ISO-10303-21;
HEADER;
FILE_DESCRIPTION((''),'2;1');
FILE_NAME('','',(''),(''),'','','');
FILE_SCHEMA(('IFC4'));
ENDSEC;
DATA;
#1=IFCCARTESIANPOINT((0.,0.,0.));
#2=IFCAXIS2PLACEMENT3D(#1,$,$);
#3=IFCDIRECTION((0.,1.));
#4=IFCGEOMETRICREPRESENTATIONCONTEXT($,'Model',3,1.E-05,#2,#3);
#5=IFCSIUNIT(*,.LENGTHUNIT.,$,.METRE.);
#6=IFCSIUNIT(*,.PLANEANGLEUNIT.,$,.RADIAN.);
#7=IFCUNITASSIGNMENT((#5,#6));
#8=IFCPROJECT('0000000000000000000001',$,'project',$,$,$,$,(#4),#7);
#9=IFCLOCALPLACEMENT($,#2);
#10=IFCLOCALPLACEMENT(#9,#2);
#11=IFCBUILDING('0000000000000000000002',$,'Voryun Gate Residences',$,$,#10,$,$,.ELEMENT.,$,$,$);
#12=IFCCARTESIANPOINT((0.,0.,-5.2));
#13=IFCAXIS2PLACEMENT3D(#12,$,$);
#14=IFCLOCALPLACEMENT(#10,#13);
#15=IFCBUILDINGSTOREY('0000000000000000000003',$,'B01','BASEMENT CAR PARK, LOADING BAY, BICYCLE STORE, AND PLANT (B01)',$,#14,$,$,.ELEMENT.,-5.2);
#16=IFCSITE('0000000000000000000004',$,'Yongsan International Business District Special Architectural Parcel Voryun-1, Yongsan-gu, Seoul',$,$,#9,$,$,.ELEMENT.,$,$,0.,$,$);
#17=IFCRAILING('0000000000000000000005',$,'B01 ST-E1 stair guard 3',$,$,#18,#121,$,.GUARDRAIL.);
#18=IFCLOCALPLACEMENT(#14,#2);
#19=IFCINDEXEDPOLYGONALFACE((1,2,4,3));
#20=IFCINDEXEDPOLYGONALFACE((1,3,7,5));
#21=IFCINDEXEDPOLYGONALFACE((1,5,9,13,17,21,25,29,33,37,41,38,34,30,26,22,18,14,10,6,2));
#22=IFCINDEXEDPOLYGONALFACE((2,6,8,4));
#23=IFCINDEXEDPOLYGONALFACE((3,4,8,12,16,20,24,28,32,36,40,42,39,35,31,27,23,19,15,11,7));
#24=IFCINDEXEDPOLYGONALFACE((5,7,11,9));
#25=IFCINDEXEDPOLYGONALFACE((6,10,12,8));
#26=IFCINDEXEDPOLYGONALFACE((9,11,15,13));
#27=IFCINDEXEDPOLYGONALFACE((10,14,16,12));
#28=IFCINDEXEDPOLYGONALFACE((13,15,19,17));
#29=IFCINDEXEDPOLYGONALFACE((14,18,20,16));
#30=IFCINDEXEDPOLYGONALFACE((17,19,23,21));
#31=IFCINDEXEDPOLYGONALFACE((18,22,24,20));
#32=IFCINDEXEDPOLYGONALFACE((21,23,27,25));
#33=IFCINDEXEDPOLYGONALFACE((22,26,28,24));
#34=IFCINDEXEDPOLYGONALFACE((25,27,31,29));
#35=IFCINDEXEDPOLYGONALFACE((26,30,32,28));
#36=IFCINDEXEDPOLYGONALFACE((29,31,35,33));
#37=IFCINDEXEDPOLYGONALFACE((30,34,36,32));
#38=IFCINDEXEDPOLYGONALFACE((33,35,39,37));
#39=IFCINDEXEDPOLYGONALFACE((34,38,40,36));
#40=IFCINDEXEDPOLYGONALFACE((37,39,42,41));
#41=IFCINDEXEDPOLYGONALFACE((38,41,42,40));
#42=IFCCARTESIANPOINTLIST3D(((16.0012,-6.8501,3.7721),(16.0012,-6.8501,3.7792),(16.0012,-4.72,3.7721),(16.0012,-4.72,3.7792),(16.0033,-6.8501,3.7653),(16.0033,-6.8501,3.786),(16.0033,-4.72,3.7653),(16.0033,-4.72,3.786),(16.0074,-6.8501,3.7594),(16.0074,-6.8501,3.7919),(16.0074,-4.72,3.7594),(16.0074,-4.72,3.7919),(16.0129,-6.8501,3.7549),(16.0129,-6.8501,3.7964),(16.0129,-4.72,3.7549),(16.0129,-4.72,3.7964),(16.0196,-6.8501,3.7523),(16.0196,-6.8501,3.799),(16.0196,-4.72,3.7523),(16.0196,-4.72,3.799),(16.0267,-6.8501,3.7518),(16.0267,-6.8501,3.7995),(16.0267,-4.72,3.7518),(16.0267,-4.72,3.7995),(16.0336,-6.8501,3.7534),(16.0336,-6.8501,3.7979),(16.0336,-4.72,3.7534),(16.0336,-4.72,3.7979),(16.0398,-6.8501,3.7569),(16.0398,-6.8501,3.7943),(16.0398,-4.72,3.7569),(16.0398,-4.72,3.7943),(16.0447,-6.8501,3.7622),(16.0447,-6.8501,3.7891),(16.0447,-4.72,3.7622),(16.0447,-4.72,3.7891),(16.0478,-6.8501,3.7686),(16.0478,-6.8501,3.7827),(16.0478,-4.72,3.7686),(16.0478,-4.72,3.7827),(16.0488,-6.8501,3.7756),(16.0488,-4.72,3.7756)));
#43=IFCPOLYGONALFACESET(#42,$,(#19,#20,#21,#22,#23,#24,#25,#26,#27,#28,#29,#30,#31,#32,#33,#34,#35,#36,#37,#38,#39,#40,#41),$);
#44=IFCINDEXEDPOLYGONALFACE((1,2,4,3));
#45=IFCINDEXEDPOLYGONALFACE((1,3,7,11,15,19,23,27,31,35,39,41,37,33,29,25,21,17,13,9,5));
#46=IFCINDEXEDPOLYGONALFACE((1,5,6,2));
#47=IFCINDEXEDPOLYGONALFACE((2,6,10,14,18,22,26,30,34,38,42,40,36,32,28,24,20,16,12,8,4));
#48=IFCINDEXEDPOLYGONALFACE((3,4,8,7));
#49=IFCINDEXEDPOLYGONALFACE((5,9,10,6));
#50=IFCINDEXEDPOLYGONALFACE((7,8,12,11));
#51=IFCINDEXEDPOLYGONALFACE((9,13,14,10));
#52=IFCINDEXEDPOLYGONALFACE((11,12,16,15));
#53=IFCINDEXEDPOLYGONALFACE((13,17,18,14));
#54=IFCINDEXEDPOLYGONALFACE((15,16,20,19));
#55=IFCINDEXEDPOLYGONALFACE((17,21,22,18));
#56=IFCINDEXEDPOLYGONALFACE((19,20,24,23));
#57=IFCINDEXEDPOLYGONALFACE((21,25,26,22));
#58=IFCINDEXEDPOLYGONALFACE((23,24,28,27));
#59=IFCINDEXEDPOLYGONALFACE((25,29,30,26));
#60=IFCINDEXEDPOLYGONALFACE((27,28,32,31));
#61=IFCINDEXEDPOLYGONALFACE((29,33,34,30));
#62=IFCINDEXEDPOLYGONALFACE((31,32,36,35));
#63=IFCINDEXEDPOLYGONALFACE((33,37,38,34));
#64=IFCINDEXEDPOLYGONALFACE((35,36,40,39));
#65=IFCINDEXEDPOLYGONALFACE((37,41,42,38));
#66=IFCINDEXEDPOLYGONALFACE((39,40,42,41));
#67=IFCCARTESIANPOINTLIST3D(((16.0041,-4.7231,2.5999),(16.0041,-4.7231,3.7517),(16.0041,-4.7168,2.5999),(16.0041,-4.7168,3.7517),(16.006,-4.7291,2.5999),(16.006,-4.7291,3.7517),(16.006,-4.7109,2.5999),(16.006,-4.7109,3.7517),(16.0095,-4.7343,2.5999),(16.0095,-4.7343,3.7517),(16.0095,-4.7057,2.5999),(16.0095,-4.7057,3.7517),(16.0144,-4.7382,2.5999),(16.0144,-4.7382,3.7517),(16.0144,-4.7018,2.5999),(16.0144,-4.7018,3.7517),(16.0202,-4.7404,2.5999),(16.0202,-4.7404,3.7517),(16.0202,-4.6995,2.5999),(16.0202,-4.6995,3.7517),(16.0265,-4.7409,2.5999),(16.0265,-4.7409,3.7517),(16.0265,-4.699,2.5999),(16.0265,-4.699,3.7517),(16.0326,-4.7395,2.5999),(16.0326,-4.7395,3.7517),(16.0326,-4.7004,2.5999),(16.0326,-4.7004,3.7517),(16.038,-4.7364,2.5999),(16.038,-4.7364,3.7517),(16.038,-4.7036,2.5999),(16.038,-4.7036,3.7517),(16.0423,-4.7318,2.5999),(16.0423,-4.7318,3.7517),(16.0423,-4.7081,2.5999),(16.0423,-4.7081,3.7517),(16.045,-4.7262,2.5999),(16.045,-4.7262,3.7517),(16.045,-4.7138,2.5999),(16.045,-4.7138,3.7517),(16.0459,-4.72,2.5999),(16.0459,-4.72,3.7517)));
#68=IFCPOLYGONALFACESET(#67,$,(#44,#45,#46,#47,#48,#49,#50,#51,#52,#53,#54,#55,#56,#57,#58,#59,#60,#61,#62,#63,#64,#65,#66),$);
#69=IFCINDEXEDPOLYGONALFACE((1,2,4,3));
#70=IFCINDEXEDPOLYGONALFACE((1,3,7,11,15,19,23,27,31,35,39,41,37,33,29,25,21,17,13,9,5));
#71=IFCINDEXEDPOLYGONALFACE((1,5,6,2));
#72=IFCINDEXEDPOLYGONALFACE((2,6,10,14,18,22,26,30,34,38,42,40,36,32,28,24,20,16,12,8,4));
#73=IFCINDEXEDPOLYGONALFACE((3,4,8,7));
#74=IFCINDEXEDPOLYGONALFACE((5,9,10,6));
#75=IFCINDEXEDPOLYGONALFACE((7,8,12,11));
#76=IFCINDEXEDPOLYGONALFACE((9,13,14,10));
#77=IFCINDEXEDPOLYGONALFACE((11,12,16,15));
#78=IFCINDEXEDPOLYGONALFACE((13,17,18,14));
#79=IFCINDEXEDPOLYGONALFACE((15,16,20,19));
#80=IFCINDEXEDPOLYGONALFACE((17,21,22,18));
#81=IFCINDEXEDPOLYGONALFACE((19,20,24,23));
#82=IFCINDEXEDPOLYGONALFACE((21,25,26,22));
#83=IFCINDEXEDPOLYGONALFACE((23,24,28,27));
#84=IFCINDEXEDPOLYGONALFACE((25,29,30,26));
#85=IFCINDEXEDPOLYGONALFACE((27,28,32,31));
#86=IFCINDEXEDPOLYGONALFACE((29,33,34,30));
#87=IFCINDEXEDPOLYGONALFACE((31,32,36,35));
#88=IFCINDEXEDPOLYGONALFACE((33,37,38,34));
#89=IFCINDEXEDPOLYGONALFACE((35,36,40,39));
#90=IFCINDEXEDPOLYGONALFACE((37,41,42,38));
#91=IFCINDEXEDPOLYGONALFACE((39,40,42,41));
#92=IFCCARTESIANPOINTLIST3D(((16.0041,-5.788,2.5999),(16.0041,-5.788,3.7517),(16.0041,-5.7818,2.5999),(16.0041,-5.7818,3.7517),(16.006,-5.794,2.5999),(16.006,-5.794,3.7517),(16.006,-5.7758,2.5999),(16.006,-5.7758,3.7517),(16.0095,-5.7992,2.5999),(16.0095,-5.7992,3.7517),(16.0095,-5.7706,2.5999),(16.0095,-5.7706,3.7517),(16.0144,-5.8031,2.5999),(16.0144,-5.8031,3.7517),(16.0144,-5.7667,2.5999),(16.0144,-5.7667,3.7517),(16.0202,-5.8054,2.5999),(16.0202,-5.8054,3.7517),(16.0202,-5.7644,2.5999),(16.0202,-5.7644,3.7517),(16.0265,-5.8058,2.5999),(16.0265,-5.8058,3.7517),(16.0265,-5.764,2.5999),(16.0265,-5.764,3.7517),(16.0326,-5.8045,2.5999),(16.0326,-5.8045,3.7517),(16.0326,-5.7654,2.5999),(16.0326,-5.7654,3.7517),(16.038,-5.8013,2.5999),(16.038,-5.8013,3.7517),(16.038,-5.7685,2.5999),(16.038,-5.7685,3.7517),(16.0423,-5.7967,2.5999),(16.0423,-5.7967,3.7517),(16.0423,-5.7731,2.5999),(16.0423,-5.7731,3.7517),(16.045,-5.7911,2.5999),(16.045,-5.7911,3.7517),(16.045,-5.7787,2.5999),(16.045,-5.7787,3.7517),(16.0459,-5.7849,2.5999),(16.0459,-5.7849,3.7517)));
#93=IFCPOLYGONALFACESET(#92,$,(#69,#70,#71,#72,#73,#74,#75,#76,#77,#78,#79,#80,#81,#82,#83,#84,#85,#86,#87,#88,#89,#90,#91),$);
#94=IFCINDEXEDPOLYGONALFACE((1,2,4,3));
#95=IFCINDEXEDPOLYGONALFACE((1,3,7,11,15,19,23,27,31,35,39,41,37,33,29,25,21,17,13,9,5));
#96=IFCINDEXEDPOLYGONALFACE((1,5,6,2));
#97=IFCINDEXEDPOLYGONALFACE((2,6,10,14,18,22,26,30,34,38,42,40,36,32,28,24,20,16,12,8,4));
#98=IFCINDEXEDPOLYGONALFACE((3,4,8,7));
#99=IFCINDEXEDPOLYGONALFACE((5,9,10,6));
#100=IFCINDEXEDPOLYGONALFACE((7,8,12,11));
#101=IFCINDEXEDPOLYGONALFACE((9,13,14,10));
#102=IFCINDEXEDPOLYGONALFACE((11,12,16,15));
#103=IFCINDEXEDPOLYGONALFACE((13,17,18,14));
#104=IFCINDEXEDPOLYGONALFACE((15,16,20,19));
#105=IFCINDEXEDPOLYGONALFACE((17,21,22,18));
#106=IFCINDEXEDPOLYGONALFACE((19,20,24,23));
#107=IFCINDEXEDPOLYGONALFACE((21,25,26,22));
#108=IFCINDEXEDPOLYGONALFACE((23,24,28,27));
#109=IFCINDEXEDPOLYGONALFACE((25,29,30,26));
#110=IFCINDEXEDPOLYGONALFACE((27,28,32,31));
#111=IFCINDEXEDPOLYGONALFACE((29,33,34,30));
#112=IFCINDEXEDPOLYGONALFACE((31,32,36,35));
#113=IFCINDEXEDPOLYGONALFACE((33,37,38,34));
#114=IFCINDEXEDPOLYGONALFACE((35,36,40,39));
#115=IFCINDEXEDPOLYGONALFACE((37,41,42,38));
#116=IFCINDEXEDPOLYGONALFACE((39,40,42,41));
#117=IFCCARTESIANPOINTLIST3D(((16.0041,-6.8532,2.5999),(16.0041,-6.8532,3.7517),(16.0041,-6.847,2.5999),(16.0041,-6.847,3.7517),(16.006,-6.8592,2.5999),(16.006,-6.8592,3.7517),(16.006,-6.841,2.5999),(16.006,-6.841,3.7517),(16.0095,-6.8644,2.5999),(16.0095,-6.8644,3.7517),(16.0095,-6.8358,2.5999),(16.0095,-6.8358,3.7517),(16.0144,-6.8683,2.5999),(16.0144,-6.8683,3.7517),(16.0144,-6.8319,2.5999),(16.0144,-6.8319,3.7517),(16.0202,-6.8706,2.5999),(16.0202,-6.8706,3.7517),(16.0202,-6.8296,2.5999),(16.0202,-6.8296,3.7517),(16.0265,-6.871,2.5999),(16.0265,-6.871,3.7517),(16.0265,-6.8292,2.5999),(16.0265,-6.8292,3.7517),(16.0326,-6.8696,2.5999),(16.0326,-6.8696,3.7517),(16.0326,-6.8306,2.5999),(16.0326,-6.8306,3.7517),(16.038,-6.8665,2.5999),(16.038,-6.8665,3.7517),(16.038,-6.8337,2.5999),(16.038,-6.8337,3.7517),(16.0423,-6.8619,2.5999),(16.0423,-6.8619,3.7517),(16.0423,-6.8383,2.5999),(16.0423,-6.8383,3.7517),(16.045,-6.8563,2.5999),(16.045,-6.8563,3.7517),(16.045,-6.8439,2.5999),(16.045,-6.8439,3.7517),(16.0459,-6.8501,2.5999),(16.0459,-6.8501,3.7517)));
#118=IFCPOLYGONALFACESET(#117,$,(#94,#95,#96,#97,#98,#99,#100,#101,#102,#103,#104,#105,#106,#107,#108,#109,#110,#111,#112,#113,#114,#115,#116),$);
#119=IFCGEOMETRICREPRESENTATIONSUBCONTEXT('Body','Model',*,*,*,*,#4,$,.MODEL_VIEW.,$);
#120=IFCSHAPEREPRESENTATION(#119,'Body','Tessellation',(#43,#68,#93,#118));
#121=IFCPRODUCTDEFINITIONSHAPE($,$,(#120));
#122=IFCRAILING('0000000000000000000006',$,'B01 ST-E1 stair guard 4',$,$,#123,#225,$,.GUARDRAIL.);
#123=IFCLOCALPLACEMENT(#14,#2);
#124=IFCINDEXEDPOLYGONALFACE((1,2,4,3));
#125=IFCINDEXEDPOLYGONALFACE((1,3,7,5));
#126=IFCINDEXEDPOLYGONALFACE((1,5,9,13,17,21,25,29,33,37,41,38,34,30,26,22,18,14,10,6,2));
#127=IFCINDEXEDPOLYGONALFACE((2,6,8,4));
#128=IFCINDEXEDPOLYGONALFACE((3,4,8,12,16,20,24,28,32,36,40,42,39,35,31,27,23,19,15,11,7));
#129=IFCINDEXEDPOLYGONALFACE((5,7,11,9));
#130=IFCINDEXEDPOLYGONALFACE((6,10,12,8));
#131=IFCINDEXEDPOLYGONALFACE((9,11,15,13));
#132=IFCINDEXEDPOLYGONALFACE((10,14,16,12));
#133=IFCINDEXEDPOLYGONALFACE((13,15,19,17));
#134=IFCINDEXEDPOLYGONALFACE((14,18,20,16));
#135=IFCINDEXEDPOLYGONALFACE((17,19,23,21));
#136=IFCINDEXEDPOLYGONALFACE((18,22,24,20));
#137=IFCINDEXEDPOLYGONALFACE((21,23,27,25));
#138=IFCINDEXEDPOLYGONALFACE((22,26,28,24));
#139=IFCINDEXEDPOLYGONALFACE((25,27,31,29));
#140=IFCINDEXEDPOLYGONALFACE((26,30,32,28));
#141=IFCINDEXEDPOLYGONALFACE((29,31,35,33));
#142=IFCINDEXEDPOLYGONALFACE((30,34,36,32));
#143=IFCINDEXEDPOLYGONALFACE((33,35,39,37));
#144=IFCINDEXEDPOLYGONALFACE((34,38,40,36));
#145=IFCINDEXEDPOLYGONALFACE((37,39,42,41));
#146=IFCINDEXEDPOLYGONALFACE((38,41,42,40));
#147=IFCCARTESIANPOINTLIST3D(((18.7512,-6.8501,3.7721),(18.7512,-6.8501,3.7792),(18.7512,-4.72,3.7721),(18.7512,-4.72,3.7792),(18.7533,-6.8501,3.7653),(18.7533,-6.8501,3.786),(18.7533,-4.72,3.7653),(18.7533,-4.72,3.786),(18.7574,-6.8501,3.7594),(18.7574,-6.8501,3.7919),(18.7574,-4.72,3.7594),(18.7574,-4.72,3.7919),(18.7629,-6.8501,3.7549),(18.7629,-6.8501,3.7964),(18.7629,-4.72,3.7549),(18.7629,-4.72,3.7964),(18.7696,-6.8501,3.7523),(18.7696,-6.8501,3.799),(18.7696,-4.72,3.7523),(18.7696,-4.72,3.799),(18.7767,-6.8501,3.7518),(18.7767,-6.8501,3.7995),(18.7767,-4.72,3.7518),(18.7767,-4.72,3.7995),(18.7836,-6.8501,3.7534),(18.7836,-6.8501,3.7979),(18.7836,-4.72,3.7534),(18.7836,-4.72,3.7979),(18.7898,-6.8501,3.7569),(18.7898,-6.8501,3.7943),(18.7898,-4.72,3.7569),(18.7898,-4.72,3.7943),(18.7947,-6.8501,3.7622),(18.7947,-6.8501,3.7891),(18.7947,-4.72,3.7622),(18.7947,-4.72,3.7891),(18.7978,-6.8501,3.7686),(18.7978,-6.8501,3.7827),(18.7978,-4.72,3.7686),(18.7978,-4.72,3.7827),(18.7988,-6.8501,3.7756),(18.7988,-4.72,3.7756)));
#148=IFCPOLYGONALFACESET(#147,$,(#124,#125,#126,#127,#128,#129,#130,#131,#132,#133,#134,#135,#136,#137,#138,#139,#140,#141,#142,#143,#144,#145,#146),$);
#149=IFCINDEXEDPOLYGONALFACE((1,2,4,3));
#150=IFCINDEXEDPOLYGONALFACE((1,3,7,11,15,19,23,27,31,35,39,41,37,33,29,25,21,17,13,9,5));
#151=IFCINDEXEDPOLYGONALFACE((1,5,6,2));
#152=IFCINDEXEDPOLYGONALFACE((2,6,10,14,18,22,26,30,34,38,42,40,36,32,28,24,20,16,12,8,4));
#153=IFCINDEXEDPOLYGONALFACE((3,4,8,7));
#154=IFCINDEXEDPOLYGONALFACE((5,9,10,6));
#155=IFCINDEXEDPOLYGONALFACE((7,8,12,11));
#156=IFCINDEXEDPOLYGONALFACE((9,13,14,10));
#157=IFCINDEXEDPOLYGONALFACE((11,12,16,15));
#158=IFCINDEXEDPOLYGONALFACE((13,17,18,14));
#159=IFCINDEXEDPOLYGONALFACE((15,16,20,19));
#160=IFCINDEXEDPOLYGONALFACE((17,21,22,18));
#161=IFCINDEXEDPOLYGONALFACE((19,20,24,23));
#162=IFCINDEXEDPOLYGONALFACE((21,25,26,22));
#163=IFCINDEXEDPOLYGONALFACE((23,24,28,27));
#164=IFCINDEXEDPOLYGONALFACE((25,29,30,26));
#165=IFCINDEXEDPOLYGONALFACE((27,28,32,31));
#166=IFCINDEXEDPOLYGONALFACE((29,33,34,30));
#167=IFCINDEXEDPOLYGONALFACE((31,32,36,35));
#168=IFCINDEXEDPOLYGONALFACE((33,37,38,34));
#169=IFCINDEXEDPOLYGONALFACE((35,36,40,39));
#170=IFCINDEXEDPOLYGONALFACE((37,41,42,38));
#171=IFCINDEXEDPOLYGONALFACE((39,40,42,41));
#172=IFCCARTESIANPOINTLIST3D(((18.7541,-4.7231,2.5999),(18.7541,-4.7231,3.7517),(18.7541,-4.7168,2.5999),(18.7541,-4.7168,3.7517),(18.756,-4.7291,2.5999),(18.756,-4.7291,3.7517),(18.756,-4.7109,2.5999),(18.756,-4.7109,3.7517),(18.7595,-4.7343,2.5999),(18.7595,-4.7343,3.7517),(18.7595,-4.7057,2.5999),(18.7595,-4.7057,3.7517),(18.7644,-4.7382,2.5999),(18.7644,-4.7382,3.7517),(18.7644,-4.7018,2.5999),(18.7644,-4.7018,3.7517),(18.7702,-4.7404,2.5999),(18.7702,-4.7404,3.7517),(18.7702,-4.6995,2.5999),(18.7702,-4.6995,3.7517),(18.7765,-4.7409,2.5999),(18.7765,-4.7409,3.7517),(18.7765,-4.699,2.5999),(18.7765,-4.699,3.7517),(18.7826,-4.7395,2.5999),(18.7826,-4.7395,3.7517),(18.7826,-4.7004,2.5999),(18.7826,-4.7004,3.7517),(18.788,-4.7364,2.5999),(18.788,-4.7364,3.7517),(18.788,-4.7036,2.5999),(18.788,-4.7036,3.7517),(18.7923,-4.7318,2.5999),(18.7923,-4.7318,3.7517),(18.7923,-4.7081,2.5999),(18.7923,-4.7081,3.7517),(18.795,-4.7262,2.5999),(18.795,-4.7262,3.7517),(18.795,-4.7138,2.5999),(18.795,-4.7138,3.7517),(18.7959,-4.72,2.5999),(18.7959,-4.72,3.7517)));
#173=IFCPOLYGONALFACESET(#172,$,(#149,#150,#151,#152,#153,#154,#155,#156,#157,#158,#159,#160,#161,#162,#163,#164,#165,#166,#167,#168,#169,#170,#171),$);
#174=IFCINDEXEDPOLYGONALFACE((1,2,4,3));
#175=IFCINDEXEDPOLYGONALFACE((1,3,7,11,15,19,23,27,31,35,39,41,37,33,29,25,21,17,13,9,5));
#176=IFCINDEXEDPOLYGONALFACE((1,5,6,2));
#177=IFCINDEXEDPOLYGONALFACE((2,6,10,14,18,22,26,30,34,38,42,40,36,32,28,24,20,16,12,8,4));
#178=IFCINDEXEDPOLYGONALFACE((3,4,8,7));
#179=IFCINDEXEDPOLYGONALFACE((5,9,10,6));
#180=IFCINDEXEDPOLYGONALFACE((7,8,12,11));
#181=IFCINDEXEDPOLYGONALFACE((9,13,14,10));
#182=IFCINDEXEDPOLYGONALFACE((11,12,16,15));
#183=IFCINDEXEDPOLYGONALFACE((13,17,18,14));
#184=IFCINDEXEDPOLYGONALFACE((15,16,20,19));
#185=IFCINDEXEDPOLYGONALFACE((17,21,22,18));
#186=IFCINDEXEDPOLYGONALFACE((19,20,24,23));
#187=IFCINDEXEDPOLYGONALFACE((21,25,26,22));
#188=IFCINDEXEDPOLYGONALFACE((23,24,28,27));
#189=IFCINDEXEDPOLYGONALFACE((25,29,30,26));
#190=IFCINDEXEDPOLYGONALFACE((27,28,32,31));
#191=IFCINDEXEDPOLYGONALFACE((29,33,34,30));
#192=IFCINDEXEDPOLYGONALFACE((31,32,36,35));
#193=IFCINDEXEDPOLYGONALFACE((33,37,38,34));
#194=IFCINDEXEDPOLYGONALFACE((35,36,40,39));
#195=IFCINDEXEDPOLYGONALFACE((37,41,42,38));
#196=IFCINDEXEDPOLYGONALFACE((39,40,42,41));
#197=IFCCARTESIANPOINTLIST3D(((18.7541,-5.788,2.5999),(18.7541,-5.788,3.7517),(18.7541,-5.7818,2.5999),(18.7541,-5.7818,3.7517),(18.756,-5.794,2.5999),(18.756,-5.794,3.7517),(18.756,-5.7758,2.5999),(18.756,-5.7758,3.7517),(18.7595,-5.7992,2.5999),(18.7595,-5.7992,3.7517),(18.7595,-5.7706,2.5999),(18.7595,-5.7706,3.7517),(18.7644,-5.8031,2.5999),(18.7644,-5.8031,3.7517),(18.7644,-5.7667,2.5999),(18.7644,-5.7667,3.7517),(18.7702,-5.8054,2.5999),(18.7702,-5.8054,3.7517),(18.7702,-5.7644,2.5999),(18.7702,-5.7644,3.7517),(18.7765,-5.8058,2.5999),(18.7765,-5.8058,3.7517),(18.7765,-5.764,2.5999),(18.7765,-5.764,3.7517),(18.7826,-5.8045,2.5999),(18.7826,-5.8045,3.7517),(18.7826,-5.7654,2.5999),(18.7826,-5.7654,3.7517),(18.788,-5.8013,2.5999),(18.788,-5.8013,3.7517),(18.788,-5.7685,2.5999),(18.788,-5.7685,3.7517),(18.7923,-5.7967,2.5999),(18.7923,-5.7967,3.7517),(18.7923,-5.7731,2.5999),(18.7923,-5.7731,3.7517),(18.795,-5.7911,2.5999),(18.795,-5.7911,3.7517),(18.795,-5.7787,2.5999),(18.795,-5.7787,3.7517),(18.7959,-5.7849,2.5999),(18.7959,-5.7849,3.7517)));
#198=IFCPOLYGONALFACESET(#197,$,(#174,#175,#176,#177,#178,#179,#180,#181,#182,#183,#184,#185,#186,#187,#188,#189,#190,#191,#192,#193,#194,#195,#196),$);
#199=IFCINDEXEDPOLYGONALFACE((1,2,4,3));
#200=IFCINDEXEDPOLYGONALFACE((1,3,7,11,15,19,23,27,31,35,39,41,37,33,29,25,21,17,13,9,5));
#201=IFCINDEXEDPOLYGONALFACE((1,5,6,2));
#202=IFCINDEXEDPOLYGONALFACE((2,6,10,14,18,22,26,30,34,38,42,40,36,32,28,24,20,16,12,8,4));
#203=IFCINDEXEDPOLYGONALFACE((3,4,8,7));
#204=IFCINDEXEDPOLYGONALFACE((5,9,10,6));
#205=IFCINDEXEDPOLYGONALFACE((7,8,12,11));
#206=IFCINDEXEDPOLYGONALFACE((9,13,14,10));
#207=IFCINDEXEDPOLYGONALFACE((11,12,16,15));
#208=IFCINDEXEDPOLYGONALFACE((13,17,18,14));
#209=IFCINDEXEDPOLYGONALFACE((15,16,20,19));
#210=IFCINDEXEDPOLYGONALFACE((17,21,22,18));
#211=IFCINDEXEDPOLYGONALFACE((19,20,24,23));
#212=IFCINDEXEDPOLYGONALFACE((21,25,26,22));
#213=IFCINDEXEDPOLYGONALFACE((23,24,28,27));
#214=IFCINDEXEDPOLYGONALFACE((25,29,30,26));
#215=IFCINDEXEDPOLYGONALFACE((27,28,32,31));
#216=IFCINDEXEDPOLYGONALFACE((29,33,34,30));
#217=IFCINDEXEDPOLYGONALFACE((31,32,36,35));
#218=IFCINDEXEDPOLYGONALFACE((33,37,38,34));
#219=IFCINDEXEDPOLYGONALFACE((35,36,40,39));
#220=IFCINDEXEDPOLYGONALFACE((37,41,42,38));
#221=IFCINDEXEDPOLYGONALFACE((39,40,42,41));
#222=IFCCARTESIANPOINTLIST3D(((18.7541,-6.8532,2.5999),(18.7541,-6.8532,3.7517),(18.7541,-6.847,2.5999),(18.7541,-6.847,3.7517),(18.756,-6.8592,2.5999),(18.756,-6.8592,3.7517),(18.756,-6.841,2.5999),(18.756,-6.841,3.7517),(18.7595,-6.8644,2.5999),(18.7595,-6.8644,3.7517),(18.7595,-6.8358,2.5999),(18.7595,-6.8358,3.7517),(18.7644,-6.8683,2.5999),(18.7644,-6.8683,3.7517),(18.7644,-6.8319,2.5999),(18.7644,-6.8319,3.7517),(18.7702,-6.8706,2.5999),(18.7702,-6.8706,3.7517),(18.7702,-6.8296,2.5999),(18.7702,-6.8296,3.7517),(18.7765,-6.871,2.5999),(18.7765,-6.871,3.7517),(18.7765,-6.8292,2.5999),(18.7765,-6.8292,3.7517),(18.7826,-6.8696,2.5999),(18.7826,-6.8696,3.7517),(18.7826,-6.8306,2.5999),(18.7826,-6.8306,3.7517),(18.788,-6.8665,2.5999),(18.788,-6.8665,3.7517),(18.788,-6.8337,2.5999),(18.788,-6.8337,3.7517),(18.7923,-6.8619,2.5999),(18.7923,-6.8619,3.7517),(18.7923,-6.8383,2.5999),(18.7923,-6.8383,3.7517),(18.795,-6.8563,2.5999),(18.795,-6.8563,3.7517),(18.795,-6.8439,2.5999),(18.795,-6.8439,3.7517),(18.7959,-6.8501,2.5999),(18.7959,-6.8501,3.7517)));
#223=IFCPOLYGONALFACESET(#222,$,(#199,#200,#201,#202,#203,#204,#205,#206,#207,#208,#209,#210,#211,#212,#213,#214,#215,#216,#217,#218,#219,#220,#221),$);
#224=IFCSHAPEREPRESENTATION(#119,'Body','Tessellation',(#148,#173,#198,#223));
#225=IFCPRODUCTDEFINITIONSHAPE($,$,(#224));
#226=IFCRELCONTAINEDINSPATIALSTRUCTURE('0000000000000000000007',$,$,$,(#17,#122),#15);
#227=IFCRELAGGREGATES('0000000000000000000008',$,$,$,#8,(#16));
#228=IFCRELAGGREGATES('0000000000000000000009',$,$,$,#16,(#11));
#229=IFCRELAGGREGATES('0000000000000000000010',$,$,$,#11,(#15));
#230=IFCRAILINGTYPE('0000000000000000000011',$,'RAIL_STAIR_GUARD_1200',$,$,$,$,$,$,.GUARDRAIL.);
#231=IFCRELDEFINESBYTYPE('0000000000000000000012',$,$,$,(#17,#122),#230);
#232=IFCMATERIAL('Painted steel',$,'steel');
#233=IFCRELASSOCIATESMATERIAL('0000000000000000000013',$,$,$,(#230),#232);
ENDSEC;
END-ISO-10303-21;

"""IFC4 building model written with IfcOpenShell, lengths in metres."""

from ifc_helpers import new_model, si_unit, direction, frame, origin, origin_2d, place, context, subcontext, project, spatial, circle, extrude, material, type_object, element, save


model = new_model("IFC4")

# Units and contexts
model_context = context("Model", 3, precision=1e-05, world=origin(), true_north=direction((0.0, 1.0)))
body_context = subcontext(model_context, "Body", "Model", "MODEL_VIEW")
ifc_project = project(units=[si_unit("LENGTHUNIT", "METRE"), si_unit("PLANEANGLEUNIT", "RADIAN")], contexts=[model_context])

# Site, building, storey
site_placement = place(None, origin())
site = spatial("IfcSite", under=ifc_project, at=site_placement, Name="Yongsan International Business District Special Architectural Parcel Voryun-1, Yongsan-gu, Seoul", CompositionType="ELEMENT", RefElevation=0.0)
building_placement = place(site_placement, origin())
building = spatial("IfcBuilding", under=site, at=building_placement, Name="Voryun Gate Residences", CompositionType="ELEMENT")
storey_placement = place(building_placement, frame((0.0, 0.0, -5.2)))
storey = spatial("IfcBuildingStorey", under=building, at=storey_placement, Name="B01", Description="BASEMENT CAR PARK, LOADING BAY, BICYCLE STORE, AND PLANT (B01)", CompositionType="ELEMENT", Elevation=-5.2)

# Railings
ifc_material_1 = material(Name="Painted steel", Category="steel")
railing_type_1 = type_object("IfcRailingType", Name="RAIL_STAIR_GUARD_1200", PredefinedType="GUARDRAIL", material=ifc_material_1)
for number, where, name in (
    (1, (16.0249, -4.72, 2.5999), "B01 ST-E1 stair guard 3"),
    (2, (18.7749, -4.72, 2.5999), "B01 ST-E1 stair guard 4"),
):
    element("IfcRailing", number, at=place(storey_placement, frame(where)), inside=storey, type_object=railing_type_1, Name=name, PredefinedType="GUARDRAIL", context=body_context, shape_type="SweptSolid", body=[
        extrude(circle(Radius=0.0239, at=origin_2d()), frame((0.0, 0.0, 1.1758), z_axis=(0.0, -1.0, 0.0), x_axis=(1.0, 0.0, 0.0)), (0.0, 0.0, 1.0), 2.1301),
        extrude(circle(Radius=0.021, at=origin_2d()), origin(), (0.0, 0.0, 1.0), 1.1519),
        extrude(circle(Radius=0.021, at=origin_2d()), frame((0.0, -1.0649, 0.0)), (0.0, 0.0, 1.0), 1.1519),
        extrude(circle(Radius=0.021, at=origin_2d()), frame((0.0, -2.1301, 0.0)), (0.0, 0.0, 1.0), 1.1519),
    ])

save(model, "model.ifc")
